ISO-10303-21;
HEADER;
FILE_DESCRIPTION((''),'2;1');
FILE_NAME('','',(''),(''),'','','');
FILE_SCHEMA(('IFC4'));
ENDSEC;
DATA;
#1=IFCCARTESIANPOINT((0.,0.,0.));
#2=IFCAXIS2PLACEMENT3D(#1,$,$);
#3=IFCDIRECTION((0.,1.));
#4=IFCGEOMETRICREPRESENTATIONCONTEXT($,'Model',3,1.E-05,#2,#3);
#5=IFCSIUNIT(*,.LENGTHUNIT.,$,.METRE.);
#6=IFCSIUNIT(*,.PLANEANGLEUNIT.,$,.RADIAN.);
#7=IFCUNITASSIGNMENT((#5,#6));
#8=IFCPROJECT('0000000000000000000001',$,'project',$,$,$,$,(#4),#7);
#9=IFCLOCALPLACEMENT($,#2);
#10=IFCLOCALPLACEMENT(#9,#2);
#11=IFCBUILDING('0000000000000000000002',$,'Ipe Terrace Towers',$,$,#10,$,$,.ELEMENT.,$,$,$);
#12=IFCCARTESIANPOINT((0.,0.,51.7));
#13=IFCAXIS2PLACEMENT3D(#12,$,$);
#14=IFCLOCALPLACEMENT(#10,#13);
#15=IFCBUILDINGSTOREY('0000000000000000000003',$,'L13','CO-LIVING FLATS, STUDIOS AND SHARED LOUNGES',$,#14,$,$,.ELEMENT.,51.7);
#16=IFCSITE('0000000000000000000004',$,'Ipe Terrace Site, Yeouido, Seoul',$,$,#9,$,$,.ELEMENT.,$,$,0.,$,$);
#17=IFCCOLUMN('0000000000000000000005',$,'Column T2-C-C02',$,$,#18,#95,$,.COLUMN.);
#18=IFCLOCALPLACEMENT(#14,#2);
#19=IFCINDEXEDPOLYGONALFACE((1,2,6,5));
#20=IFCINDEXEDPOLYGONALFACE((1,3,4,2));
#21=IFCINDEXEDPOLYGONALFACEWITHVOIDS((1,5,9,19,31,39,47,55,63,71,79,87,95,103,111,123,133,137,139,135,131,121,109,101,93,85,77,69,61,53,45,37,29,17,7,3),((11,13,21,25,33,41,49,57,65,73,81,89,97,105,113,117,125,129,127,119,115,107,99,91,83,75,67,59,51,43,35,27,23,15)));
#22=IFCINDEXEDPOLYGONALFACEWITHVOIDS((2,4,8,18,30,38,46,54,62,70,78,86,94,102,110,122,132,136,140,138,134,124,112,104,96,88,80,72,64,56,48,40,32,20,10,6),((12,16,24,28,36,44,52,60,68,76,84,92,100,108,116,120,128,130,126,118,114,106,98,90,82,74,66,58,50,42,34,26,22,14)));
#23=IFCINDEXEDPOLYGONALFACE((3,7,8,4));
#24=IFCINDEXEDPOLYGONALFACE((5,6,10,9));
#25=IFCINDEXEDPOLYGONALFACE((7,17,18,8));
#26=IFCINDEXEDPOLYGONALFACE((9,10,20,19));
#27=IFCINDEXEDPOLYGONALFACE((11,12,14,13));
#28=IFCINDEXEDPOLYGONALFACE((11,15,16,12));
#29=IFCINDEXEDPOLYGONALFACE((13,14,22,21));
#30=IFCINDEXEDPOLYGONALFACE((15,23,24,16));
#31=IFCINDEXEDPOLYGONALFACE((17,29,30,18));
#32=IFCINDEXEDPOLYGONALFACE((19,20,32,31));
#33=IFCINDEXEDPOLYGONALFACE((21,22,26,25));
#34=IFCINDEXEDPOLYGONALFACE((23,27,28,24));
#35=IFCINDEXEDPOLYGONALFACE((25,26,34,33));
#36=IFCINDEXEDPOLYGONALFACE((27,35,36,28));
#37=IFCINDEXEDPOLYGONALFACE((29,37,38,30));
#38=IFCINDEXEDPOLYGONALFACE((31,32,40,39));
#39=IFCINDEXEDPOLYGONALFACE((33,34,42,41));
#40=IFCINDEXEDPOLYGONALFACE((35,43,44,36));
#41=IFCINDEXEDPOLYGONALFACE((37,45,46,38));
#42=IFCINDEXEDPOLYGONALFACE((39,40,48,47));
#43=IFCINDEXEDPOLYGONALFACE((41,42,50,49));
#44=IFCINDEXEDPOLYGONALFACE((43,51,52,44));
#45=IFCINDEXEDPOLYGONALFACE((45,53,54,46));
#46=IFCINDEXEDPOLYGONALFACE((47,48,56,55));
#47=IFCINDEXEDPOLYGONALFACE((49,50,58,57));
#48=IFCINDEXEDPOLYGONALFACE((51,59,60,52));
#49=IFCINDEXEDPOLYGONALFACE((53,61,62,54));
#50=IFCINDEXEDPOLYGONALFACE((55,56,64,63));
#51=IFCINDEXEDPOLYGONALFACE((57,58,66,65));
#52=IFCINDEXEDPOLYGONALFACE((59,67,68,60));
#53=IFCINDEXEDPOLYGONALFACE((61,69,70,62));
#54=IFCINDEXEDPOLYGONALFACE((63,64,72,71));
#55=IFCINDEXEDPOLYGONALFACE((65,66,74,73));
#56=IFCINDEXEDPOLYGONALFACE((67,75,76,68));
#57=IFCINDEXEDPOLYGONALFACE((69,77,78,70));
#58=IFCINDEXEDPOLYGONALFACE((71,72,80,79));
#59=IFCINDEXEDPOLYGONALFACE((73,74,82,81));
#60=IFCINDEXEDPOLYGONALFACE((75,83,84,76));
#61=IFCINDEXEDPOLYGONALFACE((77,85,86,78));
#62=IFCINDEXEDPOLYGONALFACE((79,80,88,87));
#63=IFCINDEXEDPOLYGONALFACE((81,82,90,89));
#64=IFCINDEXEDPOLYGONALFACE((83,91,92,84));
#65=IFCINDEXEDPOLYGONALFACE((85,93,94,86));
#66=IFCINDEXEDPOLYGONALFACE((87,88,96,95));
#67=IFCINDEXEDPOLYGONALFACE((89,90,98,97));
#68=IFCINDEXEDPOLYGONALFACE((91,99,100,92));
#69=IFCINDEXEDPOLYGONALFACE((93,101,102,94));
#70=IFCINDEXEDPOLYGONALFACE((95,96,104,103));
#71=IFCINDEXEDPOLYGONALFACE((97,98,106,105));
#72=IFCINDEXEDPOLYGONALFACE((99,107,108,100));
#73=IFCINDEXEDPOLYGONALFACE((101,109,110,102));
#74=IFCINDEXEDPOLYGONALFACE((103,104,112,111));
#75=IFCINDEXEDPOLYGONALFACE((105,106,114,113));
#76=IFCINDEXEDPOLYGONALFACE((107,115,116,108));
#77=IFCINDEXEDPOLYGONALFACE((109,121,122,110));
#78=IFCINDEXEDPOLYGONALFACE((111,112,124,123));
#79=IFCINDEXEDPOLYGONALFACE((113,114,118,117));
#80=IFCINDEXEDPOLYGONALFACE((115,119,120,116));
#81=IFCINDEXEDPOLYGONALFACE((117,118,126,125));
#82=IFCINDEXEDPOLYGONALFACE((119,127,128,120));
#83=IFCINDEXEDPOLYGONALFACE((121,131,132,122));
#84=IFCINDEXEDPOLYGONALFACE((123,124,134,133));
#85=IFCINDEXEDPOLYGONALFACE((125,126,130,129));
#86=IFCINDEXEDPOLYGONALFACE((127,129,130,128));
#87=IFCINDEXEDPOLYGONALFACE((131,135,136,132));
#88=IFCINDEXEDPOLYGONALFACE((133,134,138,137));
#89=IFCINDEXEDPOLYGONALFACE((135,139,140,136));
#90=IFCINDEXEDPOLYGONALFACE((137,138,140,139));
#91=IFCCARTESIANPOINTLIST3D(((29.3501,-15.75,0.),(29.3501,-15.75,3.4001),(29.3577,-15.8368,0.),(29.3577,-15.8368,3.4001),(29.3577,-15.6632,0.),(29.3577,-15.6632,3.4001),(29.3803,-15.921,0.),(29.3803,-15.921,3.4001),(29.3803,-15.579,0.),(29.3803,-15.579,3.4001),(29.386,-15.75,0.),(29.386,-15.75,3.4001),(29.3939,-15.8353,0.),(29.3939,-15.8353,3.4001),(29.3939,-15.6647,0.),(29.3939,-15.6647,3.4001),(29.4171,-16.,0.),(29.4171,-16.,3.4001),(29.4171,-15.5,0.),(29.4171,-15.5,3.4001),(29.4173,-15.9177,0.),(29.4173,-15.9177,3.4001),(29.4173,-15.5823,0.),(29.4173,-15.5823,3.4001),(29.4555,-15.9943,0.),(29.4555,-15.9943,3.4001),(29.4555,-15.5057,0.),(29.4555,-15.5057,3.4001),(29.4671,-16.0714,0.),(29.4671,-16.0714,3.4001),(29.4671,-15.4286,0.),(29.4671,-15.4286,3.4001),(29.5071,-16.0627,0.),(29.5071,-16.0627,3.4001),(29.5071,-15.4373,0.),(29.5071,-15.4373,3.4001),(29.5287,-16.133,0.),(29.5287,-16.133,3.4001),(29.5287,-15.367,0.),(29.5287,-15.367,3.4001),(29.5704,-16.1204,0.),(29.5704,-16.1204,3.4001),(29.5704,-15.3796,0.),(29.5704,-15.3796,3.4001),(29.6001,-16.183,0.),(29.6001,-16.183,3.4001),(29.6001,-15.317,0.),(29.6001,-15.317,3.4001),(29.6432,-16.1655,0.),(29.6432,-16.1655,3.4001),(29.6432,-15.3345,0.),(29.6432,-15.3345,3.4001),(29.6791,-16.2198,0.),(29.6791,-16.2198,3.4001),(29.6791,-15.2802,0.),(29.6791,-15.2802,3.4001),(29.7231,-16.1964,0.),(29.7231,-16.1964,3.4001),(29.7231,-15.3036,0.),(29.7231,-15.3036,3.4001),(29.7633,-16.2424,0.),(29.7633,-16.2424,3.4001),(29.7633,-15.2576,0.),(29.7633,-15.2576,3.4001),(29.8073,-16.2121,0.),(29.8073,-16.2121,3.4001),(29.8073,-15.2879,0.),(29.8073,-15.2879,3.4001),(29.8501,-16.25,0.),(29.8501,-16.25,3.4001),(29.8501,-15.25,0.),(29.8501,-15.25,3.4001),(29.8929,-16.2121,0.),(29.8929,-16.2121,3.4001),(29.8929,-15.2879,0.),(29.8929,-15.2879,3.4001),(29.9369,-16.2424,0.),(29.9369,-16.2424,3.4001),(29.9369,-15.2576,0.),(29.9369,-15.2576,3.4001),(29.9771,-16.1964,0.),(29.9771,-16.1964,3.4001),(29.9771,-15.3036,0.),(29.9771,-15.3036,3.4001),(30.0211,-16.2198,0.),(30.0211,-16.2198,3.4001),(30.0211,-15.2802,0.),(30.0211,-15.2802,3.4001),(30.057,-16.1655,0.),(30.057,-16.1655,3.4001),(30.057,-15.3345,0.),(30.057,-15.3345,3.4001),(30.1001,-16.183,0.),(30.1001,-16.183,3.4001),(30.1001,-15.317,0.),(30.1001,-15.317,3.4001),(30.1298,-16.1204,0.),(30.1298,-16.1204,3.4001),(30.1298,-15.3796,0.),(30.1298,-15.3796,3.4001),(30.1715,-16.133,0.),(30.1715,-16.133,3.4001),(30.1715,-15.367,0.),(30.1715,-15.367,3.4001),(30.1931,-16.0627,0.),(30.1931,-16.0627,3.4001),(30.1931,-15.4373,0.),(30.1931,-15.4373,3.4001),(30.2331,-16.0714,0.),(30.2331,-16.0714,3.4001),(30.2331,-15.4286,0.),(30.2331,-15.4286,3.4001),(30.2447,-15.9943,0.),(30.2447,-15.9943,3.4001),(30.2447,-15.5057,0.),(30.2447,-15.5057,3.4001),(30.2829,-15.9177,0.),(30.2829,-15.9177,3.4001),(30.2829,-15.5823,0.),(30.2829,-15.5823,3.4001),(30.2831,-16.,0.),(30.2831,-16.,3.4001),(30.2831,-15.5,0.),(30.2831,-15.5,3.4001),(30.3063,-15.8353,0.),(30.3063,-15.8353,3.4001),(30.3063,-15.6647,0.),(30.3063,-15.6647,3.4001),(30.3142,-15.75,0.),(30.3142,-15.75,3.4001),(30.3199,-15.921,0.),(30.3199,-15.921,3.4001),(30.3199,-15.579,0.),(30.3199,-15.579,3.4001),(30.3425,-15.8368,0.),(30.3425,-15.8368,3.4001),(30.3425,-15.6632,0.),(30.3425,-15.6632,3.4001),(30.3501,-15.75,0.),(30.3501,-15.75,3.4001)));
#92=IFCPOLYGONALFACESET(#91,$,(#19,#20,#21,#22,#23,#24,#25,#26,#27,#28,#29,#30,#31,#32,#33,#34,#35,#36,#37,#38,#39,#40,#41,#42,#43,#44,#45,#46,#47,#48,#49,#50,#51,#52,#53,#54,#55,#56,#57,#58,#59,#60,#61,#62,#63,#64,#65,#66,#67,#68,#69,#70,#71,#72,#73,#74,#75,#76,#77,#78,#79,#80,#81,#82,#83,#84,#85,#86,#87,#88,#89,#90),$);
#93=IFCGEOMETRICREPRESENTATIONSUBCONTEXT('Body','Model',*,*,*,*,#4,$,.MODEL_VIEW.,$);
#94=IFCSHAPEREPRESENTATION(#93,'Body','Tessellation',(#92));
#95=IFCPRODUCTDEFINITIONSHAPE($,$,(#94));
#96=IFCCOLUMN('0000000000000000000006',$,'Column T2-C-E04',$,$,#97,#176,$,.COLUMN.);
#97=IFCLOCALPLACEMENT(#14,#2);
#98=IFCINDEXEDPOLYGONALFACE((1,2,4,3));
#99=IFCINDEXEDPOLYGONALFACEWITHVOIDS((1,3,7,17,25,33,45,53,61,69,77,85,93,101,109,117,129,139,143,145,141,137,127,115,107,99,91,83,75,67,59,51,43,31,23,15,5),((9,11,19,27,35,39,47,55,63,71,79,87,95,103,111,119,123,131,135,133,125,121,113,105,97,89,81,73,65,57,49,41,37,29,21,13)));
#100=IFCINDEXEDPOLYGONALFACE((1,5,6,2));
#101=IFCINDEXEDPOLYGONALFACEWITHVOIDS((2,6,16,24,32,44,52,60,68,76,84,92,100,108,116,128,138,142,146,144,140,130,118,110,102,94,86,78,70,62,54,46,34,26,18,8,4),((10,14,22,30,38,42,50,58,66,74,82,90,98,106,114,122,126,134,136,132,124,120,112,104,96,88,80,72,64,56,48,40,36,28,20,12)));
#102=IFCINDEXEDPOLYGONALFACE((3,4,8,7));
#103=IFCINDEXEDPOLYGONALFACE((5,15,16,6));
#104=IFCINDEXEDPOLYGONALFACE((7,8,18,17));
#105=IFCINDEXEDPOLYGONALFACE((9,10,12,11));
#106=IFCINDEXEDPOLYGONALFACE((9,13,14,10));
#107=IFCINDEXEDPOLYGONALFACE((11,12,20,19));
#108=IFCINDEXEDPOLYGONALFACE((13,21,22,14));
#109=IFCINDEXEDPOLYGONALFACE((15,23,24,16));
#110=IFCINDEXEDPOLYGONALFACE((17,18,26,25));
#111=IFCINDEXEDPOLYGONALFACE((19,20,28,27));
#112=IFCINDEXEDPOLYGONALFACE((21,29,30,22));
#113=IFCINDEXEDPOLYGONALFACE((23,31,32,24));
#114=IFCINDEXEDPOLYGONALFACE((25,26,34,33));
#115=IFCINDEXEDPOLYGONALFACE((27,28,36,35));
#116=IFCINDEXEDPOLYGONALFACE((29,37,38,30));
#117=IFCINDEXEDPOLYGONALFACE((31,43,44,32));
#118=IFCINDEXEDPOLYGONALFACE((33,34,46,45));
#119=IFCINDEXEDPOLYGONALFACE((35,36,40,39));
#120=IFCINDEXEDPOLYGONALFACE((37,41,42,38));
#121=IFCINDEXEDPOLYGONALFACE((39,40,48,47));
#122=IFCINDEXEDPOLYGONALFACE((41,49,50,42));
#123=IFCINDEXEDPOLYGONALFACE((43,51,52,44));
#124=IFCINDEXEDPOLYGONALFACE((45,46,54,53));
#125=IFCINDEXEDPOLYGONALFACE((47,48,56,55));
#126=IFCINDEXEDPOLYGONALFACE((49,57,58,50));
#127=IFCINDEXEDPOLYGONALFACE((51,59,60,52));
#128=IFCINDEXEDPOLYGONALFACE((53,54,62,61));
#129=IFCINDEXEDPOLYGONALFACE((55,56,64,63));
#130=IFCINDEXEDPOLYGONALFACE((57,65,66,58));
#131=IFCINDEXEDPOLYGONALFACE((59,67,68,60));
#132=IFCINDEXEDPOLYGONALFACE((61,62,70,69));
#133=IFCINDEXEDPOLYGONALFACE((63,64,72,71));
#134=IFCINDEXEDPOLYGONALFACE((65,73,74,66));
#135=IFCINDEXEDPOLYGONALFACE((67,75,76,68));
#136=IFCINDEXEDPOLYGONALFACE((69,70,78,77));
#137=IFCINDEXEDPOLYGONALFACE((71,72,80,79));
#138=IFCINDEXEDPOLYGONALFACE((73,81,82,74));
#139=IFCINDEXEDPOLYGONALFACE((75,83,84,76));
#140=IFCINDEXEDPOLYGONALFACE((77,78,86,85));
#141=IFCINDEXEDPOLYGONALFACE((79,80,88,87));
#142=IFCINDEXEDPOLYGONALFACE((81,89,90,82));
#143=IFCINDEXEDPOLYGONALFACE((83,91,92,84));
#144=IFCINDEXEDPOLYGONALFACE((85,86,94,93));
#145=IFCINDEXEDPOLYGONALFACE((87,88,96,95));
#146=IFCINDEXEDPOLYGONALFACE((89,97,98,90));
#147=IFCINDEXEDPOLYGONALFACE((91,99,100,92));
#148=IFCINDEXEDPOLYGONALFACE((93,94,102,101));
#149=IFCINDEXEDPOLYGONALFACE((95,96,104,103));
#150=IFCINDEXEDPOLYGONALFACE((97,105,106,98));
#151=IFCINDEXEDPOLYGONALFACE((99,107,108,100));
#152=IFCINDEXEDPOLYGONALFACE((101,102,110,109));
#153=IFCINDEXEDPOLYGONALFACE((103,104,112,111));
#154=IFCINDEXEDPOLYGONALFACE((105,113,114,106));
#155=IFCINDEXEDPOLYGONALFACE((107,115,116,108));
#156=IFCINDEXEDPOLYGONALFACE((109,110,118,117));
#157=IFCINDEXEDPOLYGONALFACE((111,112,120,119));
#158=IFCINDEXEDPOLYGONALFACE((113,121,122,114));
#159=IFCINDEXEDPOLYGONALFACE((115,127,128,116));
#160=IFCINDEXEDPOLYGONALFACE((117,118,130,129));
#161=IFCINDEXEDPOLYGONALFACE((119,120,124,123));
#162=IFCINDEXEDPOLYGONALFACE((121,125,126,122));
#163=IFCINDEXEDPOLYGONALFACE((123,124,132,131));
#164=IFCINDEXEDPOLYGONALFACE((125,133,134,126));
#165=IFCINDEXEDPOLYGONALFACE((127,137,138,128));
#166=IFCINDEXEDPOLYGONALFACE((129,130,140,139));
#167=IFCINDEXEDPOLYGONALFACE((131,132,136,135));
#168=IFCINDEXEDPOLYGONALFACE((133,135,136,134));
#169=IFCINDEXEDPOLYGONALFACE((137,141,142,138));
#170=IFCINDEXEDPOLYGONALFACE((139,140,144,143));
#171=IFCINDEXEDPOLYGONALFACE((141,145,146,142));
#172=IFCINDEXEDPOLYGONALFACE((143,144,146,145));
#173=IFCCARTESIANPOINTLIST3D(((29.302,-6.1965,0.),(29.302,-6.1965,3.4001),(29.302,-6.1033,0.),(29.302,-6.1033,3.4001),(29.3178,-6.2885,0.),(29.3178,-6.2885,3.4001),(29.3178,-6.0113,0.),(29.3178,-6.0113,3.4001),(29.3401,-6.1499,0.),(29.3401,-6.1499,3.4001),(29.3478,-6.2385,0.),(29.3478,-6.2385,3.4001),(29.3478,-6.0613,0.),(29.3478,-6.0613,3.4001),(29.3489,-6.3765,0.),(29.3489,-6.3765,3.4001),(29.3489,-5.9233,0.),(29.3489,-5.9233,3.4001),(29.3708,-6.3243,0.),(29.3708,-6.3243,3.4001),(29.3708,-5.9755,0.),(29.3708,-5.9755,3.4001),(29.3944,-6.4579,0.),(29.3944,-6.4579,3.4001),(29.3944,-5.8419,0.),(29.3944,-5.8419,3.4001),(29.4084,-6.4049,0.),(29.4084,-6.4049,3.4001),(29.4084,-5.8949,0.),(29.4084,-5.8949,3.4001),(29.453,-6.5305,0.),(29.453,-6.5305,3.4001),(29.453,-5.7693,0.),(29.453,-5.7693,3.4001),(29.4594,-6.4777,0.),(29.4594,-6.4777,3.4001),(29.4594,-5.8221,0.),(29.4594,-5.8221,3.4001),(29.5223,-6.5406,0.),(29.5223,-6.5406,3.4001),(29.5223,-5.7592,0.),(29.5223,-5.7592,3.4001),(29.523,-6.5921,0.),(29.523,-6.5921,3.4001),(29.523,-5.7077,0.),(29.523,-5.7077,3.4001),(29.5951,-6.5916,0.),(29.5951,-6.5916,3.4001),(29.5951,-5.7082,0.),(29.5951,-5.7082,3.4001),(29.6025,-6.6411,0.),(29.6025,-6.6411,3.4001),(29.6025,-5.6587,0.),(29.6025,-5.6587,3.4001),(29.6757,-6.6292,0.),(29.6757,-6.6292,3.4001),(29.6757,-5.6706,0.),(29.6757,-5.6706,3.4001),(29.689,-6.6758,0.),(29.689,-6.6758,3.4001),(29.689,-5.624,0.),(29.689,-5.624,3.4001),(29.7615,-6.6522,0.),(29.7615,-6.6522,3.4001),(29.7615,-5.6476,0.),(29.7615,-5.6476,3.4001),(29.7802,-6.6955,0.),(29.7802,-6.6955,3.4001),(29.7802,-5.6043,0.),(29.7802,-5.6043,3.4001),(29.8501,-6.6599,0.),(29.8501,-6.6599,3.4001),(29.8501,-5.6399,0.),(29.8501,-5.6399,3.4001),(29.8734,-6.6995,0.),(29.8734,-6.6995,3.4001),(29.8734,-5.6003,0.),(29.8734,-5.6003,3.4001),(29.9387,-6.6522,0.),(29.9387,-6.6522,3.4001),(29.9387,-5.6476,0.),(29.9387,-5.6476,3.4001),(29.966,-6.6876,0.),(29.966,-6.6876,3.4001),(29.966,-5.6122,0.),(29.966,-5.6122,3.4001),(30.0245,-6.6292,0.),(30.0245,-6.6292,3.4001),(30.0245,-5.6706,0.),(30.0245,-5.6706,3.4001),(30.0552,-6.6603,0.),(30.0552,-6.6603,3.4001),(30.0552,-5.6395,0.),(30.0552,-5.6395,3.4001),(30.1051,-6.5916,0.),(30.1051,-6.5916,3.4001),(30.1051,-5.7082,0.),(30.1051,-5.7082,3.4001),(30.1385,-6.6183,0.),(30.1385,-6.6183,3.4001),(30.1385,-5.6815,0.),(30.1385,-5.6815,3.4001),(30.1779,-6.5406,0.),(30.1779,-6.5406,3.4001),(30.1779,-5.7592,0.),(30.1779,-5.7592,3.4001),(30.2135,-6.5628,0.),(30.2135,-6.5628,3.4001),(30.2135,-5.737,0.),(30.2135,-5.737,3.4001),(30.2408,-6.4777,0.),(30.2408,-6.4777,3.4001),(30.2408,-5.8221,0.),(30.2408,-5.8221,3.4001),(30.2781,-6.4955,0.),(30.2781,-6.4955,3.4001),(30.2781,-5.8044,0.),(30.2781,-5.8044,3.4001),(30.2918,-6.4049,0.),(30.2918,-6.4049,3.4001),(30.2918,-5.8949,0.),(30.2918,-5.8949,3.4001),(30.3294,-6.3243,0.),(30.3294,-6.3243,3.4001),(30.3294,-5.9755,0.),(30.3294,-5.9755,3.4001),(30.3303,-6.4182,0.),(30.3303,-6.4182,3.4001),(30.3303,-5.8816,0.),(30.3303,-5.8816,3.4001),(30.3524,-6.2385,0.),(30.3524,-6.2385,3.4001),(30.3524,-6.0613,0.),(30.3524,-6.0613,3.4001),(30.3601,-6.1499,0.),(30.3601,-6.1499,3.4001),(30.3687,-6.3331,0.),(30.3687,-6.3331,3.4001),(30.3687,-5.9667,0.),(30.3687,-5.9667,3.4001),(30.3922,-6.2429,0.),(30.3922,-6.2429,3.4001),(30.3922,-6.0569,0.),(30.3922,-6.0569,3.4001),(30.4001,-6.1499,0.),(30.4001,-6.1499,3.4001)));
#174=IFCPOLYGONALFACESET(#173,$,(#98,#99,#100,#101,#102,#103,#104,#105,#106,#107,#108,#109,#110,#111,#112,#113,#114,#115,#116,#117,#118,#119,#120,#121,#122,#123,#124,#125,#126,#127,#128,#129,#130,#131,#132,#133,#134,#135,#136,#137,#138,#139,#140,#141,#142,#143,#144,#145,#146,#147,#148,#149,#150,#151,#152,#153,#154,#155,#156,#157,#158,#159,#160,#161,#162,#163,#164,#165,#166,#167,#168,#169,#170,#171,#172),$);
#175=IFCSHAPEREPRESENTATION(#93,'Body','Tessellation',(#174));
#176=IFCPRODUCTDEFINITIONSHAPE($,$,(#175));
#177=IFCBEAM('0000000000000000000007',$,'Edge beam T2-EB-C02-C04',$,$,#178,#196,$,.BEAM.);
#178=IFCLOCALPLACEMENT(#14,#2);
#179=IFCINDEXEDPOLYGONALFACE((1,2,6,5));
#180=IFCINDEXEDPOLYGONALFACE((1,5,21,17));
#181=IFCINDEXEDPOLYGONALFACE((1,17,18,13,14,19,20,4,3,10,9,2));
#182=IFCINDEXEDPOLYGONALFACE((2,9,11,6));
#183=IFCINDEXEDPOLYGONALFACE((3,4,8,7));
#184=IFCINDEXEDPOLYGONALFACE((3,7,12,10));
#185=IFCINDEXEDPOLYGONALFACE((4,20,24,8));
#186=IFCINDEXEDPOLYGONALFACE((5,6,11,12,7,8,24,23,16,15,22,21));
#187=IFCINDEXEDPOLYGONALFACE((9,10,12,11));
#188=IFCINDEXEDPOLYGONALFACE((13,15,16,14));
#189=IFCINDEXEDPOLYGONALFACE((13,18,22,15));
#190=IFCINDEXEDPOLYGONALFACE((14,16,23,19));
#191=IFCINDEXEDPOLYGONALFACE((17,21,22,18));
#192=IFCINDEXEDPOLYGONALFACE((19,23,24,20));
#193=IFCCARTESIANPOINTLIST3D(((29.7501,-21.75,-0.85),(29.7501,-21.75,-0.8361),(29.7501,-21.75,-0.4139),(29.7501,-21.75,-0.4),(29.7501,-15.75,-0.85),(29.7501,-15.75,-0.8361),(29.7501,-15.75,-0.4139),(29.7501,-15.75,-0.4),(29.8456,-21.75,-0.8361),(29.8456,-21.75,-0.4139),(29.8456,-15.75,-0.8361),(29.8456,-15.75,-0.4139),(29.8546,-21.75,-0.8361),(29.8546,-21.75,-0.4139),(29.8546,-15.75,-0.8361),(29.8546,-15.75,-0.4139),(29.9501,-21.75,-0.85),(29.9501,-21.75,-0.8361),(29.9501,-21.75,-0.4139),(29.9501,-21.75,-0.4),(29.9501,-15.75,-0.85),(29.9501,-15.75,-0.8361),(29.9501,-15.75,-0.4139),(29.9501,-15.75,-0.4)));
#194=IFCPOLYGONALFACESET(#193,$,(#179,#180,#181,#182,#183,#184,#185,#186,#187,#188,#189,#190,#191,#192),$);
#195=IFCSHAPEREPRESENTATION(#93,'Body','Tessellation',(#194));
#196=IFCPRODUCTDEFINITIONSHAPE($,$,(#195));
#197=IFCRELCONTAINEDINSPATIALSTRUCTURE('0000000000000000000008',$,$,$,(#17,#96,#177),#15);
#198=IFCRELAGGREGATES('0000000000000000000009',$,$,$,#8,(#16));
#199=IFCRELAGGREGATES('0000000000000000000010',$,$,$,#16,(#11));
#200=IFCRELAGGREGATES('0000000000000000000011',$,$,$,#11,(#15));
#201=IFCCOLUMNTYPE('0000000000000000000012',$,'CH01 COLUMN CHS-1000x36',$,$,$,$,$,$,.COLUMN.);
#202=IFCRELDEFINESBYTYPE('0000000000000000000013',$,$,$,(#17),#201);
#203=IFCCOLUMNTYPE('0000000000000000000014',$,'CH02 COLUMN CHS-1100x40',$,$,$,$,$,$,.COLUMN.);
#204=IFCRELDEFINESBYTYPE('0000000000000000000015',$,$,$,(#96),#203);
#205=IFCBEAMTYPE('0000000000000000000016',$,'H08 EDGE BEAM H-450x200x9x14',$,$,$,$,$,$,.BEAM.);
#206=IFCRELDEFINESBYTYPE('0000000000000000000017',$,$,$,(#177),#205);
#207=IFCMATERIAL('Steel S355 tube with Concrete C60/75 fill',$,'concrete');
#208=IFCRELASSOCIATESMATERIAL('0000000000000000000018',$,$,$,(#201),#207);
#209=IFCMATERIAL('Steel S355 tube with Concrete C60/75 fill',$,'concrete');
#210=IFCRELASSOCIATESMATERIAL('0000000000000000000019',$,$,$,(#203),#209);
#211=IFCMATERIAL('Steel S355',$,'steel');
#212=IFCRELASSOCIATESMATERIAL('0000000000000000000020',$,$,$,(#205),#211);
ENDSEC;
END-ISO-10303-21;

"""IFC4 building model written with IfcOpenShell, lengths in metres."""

from ifc_helpers import new_model, si_unit, direction, frame, origin, origin_2d, place, context, subcontext, project, spatial, hollow_circle, i_section, extrude, material, material_profile, profile_set, type_object, element, save


model = new_model("IFC4")

# Units and contexts
model_context = context("Model", 3, precision=1e-05, world=origin(), true_north=direction((0.0, 1.0)))
body_context = subcontext(model_context, "Body", "Model", "MODEL_VIEW")
ifc_project = project(units=[si_unit("LENGTHUNIT", "METRE"), si_unit("PLANEANGLEUNIT", "RADIAN")], contexts=[model_context])

# Site, building, storey
site_placement = place(None, origin())
site = spatial("IfcSite", under=ifc_project, at=site_placement, Name="Ipe Terrace Site, Yeouido, Seoul", CompositionType="ELEMENT", RefElevation=0.0)
building_placement = place(site_placement, origin())
building = spatial("IfcBuilding", under=site, at=building_placement, Name="Ipe Terrace Towers", CompositionType="ELEMENT")
storey_placement = place(building_placement, frame((0.0, 0.0, 51.7)))
storey = spatial("IfcBuildingStorey", under=building, at=storey_placement, Name="L13", Description="CO-LIVING FLATS, STUDIOS AND SHARED LOUNGES", CompositionType="ELEMENT", Elevation=51.7)

# Columns
ifc_material_1 = material(Name="Steel S355 tube with Concrete C60/75 fill", Category="concrete")
ifc_material_profile_1 = material_profile(ifc_material_1, hollow_circle(Radius=0.5, WallThickness=0.0359, at=origin_2d()), Name="CHS-1000x36")
ifc_profile_set_1 = profile_set([ifc_material_profile_1], Name="Steel S355 tube with Concrete C60/75 fill")
column_type_1 = type_object("IfcColumnType", Name="CH01 COLUMN CHS-1000x36", PredefinedType="COLUMN", material=ifc_profile_set_1)
column_1_placement = place(storey_placement, frame((29.8501, -15.75, 0.0), z_axis=(0.0, 0.0, 1.0), x_axis=(1.0, 0.0, 0.0)))
element("IfcColumn", 1, at=column_1_placement, inside=storey, type_object=column_type_1, Name="Column T2-C-C02", PredefinedType="COLUMN", context=body_context, shape_type="SweptSolid", body=[
    extrude(hollow_circle(Radius=0.5, WallThickness=0.0359, at=origin_2d()), origin(), (0.0, 0.0, 1.0), 3.4001),
])
ifc_material_2 = material(Name="Steel S355 tube with Concrete C60/75 fill", Category="concrete")
ifc_material_profile_2 = material_profile(ifc_material_2, hollow_circle(Radius=0.55, WallThickness=0.04, at=origin_2d()), Name="CHS-1100x40")
ifc_profile_set_2 = profile_set([ifc_material_profile_2], Name="Steel S355 tube with Concrete C60/75 fill")
column_type_2 = type_object("IfcColumnType", Name="CH02 COLUMN CHS-1100x40", PredefinedType="COLUMN", material=ifc_profile_set_2)
column_2_placement = place(storey_placement, frame((29.8501, -6.1499, 0.0), z_axis=(0.0, 0.0, 1.0), x_axis=(1.0, 0.0, 0.0)))
element("IfcColumn", 2, at=column_2_placement, inside=storey, type_object=column_type_2, Name="Column T2-C-E04", PredefinedType="COLUMN", context=body_context, shape_type="SweptSolid", body=[
    extrude(hollow_circle(Radius=0.55, WallThickness=0.04, at=origin_2d()), origin(), (0.0, 0.0, 1.0), 3.4001),
])

# Beam
ifc_material_3 = material(Name="Steel S355", Category="steel")
ifc_material_profile_3 = material_profile(ifc_material_3, i_section(OverallWidth=0.2, OverallDepth=0.45, WebThickness=0.009, FlangeThickness=0.0139, at=origin_2d()), Name="H-450x200x9x14")
ifc_profile_set_3 = profile_set([ifc_material_profile_3], Name="Steel S355")
beam_type = type_object("IfcBeamType", Name="H08 EDGE BEAM H-450x200x9x14", PredefinedType="BEAM", material=ifc_profile_set_3)
beam_placement = place(storey_placement, frame((29.8501, -15.75, -0.625), z_axis=(0.0, -1.0, 0.0), x_axis=(1.0, 0.0, 0.0)))
element("IfcBeam", 3, at=beam_placement, inside=storey, type_object=beam_type, Name="Edge beam T2-EB-C02-C04", PredefinedType="BEAM", context=body_context, shape_type="SweptSolid", body=[
    extrude(i_section(OverallWidth=0.2, OverallDepth=0.45, WebThickness=0.009, FlangeThickness=0.0139, at=origin_2d()), origin(), (0.0, 0.0, 1.0), 6.0),
])

save(model, "model.ifc")
